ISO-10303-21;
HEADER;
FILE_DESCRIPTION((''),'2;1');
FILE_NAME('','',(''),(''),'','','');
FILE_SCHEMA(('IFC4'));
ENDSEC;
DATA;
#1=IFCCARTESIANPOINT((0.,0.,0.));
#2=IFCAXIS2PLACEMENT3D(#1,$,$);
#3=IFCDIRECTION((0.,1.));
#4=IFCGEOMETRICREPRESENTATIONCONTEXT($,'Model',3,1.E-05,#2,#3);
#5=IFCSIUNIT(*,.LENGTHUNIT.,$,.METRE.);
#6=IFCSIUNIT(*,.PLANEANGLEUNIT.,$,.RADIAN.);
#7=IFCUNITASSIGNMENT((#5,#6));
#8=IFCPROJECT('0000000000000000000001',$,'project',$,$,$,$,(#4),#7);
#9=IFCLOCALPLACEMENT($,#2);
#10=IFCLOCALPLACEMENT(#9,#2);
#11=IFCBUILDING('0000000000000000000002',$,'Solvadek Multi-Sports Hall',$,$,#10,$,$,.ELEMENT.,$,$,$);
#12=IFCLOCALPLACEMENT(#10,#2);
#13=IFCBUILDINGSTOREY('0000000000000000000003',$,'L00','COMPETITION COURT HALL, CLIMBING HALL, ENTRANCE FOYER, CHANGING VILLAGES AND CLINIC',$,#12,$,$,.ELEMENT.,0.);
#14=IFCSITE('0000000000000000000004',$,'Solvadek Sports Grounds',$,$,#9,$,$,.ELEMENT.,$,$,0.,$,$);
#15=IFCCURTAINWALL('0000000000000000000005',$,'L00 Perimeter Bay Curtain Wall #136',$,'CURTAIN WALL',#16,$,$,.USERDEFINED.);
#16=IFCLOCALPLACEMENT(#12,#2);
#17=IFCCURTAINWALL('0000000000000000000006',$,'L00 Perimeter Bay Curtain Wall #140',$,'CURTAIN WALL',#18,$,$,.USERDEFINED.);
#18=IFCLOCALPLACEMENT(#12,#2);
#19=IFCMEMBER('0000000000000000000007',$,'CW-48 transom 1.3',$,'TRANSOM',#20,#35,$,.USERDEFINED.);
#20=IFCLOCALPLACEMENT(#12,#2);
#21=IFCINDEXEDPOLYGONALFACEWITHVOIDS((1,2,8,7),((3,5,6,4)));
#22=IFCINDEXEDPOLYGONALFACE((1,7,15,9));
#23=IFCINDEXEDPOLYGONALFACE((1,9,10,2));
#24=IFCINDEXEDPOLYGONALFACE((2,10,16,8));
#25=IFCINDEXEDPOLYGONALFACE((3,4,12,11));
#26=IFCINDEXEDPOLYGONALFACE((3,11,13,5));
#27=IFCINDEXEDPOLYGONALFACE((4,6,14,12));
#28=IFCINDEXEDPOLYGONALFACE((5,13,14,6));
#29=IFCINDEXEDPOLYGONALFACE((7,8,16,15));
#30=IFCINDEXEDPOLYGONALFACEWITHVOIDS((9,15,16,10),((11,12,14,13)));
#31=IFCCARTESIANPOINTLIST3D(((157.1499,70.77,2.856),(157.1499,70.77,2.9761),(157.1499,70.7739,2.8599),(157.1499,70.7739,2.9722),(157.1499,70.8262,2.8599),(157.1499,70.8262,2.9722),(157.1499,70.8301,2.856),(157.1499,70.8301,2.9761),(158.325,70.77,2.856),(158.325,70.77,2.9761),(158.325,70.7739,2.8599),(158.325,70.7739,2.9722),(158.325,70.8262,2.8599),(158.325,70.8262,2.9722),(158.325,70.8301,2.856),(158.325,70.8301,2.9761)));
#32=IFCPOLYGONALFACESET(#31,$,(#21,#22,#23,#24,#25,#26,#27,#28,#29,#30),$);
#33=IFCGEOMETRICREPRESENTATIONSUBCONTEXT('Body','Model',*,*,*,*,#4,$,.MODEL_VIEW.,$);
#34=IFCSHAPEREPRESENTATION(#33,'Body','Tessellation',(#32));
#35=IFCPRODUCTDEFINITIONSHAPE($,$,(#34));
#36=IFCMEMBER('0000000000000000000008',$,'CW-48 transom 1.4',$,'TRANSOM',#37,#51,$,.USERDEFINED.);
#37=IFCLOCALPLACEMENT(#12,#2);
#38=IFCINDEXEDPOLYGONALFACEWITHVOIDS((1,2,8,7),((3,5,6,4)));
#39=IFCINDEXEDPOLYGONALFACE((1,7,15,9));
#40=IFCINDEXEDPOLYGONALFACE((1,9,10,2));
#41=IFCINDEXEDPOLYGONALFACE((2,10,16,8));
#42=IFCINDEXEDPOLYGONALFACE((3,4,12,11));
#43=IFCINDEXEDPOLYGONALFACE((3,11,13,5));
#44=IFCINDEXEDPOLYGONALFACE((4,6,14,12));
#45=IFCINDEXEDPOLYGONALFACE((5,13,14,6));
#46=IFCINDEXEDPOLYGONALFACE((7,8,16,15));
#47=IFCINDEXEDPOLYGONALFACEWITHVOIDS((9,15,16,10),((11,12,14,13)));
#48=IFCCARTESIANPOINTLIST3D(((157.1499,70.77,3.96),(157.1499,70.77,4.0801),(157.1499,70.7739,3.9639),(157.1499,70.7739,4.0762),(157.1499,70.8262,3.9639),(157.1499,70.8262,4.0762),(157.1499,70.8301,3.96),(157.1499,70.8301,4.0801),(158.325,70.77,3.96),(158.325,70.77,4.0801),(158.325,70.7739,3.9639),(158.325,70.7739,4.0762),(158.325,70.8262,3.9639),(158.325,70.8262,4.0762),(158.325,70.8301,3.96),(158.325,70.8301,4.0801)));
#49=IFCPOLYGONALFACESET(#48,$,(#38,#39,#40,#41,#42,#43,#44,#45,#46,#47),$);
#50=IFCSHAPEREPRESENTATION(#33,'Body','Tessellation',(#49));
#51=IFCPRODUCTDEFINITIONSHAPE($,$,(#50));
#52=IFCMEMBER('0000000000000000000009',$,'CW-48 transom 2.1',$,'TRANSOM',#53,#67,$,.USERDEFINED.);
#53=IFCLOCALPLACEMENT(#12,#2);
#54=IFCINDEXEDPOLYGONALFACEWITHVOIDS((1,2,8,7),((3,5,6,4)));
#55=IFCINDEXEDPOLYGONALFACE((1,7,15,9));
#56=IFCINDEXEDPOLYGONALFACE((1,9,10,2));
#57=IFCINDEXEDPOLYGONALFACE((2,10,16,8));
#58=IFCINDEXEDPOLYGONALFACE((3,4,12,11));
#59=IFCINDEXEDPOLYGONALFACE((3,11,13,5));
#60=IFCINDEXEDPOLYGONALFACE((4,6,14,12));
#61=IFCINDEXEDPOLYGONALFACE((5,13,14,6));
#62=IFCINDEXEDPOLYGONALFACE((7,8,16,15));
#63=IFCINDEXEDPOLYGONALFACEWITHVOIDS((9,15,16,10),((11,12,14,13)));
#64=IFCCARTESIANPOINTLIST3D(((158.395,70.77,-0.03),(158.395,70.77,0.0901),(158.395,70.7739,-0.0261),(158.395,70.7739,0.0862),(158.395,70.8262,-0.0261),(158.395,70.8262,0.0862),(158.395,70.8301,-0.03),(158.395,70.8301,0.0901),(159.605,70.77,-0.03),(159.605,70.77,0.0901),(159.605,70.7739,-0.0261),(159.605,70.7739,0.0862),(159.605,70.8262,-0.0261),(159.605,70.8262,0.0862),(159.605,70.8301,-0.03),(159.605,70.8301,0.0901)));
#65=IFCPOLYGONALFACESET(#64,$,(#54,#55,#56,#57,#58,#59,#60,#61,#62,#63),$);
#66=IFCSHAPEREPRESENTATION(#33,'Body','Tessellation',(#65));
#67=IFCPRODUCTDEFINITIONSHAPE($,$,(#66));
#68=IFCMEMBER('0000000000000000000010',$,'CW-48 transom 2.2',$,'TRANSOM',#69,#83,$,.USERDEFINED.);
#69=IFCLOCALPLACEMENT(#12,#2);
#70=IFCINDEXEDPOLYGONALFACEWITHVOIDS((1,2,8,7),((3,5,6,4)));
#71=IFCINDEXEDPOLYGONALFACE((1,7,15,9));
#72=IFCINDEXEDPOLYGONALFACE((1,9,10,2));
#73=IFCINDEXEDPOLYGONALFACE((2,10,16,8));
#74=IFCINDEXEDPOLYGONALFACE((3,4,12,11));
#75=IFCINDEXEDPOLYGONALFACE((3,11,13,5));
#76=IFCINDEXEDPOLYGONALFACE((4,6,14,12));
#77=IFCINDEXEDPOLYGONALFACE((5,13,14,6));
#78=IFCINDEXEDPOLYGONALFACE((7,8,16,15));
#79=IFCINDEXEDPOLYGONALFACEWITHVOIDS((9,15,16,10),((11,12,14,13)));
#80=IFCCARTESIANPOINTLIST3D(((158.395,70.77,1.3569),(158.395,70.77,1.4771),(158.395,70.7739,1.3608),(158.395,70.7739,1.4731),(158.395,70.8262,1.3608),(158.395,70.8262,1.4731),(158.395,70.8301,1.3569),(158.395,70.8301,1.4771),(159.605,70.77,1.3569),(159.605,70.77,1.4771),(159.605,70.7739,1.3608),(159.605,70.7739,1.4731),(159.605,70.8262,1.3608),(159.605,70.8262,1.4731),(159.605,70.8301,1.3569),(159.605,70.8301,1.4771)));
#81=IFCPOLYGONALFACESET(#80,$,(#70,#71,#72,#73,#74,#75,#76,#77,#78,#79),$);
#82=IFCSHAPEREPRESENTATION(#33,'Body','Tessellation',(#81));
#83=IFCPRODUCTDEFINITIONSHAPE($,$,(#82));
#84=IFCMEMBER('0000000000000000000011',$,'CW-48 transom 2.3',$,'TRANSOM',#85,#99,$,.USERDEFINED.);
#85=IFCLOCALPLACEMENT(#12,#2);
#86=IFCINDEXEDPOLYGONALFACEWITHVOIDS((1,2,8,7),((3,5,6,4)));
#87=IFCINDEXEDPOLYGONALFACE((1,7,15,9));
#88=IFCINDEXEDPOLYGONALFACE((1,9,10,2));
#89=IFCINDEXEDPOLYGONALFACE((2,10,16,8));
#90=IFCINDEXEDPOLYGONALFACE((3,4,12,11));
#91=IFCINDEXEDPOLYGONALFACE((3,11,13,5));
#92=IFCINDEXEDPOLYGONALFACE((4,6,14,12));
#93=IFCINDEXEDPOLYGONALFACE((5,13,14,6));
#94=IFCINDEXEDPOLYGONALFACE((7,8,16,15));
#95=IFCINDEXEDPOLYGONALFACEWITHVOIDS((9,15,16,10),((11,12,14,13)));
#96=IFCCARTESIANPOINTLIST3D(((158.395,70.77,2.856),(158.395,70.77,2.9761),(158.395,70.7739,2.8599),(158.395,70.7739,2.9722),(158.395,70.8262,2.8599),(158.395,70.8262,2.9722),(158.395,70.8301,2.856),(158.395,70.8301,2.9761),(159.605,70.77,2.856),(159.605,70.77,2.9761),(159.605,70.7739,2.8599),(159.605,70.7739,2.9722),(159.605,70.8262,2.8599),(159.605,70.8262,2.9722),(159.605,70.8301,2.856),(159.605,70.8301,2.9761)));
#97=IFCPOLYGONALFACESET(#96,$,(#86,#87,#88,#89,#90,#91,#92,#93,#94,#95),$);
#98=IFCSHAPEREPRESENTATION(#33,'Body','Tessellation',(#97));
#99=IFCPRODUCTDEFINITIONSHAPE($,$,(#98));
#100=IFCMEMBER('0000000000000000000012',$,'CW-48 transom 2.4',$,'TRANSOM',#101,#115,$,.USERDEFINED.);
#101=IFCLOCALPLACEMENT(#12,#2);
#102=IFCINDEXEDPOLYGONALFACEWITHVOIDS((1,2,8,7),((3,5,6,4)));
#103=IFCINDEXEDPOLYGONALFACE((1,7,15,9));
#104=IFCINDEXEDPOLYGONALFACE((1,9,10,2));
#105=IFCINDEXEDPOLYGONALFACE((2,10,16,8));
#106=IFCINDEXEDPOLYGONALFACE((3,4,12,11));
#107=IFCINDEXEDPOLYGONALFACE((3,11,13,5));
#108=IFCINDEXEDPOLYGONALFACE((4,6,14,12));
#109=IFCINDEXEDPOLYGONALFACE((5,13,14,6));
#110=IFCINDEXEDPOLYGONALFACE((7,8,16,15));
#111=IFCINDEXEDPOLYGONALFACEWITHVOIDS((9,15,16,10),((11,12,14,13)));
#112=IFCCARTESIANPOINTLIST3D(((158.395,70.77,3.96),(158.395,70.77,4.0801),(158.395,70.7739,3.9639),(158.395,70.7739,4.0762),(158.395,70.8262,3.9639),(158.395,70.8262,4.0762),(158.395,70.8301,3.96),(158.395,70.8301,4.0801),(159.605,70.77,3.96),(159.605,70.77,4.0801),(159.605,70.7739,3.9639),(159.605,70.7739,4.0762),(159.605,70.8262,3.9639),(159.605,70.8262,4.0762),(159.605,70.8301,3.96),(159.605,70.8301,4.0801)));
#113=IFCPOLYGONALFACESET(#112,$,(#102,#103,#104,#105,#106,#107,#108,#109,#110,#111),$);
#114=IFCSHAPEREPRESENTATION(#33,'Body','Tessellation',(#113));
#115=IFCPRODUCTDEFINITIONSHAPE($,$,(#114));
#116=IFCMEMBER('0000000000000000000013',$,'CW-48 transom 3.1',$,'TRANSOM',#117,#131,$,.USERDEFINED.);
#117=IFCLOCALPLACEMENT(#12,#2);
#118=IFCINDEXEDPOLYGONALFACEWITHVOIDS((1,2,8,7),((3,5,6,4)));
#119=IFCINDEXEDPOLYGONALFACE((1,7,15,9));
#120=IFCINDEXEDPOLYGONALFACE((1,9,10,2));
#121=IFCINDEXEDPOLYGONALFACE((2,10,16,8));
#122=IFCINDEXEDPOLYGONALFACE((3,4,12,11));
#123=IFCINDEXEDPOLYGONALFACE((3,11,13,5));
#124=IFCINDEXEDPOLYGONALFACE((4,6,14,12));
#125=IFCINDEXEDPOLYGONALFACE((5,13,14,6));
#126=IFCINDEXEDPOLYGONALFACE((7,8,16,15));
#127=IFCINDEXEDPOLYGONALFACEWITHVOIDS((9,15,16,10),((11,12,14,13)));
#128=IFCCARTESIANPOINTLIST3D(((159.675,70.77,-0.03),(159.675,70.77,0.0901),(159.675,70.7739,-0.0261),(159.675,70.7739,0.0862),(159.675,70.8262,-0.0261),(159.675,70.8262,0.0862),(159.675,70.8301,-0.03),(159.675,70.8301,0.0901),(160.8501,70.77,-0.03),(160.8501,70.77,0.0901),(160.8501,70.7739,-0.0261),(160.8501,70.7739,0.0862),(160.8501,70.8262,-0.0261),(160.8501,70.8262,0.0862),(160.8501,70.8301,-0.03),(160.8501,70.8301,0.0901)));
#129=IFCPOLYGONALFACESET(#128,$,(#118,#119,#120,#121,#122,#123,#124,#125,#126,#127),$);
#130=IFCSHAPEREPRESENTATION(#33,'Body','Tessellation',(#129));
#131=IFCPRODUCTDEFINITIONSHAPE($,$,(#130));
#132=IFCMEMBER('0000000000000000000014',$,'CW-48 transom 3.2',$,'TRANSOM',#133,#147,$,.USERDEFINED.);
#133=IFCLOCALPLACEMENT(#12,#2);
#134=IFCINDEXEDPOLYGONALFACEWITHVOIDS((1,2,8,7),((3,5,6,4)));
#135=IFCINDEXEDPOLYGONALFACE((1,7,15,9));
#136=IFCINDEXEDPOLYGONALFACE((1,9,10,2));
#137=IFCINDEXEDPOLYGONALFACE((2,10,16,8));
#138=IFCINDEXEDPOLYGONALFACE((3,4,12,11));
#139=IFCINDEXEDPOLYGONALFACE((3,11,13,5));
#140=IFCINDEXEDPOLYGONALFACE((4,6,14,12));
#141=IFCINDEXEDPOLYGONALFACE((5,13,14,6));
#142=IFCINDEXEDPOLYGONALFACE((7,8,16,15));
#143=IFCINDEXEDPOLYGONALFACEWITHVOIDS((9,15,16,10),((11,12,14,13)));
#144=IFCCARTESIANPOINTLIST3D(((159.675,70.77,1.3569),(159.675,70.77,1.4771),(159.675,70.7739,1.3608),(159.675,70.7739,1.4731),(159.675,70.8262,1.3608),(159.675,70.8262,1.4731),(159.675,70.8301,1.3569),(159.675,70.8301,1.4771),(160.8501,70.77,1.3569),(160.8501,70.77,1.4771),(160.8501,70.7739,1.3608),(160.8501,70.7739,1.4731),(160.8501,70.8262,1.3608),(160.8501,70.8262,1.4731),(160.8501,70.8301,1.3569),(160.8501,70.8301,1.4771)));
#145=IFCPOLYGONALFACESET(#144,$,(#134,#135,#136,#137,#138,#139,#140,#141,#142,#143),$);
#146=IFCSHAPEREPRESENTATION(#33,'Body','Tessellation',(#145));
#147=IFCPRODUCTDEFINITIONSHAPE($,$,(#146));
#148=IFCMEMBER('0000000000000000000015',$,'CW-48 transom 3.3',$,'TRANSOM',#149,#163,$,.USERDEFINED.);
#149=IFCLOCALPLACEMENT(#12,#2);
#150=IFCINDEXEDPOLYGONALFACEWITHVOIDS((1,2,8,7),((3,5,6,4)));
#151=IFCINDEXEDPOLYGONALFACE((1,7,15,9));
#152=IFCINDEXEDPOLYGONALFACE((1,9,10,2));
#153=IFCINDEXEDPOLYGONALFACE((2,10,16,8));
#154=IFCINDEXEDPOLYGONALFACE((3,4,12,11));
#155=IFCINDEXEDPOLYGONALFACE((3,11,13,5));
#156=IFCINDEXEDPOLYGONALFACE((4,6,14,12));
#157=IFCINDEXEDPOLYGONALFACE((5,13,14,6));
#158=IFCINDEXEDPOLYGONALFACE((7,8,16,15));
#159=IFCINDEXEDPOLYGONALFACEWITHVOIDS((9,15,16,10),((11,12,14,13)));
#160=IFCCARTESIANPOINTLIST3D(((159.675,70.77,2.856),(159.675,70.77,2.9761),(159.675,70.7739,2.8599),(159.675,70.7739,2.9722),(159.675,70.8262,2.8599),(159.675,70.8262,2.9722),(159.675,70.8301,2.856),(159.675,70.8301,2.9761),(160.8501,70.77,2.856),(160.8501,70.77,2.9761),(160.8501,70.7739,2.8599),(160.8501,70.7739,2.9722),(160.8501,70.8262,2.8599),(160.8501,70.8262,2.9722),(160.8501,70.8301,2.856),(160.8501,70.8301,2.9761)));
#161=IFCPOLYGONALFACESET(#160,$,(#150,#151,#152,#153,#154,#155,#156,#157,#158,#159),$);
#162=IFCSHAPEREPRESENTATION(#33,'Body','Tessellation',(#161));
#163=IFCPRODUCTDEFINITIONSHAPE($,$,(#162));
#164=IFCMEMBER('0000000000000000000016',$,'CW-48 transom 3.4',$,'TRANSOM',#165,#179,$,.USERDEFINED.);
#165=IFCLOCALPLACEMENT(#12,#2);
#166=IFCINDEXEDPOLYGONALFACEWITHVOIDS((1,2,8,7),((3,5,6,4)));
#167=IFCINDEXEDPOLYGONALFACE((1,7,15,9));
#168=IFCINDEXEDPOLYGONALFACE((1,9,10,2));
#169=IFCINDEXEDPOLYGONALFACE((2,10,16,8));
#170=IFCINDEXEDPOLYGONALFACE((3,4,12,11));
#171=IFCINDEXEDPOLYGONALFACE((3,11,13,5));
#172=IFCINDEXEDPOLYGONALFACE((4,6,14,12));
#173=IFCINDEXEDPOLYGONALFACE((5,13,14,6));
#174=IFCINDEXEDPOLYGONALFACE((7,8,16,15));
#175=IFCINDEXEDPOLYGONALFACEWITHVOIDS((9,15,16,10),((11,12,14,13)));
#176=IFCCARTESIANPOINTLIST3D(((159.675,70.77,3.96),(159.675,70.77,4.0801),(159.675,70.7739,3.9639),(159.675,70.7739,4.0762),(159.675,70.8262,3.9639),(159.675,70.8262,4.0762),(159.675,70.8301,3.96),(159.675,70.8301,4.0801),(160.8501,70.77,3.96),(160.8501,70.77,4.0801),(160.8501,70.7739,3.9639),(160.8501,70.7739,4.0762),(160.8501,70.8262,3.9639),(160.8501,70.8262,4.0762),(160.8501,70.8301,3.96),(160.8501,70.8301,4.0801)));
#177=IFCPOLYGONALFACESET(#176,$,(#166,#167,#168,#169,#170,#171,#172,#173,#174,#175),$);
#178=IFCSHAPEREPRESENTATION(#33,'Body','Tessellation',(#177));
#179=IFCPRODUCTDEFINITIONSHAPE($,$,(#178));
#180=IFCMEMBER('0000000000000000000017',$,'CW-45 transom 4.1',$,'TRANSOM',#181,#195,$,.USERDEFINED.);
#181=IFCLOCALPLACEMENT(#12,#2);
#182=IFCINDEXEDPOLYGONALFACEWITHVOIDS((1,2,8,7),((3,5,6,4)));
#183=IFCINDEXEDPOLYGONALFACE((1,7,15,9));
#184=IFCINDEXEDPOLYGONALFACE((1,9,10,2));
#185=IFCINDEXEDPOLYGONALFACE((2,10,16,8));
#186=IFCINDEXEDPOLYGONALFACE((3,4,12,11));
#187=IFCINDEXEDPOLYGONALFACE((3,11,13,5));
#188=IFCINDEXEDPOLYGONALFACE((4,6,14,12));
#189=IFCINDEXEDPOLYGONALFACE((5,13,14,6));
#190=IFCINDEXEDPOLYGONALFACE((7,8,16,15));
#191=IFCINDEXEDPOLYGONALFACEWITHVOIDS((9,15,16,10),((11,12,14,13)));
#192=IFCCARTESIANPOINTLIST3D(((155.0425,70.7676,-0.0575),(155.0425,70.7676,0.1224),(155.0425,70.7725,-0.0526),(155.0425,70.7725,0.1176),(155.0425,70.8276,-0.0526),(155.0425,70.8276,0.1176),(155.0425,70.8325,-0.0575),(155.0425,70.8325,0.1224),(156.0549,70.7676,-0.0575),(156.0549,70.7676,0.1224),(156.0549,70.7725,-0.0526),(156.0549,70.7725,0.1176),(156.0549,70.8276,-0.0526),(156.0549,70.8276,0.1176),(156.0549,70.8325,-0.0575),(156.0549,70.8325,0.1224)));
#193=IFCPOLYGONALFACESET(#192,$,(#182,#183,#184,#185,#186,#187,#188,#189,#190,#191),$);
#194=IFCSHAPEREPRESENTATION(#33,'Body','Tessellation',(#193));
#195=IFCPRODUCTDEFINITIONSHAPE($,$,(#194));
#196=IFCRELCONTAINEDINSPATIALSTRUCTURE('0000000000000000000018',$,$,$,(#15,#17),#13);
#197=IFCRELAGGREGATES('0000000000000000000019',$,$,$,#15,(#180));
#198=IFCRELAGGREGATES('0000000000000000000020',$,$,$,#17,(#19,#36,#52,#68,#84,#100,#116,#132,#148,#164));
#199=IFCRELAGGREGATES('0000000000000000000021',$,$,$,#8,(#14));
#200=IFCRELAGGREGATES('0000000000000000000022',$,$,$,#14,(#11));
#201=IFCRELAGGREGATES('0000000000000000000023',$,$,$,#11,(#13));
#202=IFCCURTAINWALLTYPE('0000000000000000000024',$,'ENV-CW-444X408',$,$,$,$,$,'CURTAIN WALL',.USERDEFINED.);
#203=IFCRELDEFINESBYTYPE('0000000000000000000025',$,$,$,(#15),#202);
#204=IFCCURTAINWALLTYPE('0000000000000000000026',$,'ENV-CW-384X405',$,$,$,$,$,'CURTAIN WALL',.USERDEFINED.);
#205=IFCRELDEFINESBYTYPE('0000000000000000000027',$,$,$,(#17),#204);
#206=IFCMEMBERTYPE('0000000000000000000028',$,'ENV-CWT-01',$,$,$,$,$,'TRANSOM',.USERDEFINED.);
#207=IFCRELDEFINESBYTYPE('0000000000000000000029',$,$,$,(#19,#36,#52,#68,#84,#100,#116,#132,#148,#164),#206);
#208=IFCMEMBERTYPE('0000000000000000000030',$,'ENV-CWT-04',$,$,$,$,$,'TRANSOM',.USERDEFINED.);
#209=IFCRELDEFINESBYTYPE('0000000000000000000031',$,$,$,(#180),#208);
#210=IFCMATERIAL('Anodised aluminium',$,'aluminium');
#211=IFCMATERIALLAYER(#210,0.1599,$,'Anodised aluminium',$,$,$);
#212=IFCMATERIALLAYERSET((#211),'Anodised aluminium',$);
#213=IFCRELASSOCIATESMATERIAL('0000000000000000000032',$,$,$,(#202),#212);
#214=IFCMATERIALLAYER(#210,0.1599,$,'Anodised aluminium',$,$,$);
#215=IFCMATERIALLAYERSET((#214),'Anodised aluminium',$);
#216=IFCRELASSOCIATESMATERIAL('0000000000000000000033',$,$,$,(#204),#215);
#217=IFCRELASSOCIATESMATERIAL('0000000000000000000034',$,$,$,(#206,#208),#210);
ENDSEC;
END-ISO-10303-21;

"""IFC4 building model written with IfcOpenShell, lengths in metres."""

from ifc_helpers import new_model, si_unit, direction, frame, origin, origin_2d, place, context, subcontext, project, spatial, hollow_rectangle, extrude, material, layer, layer_set, material_profile, profile_set, type_object, element, aggregate, save


model = new_model("IFC4")

# Units and contexts
model_context = context("Model", 3, precision=1e-05, world=origin(), true_north=direction((0.0, 1.0)))
body_context = subcontext(model_context, "Body", "Model", "MODEL_VIEW")
ifc_project = project(units=[si_unit("LENGTHUNIT", "METRE"), si_unit("PLANEANGLEUNIT", "RADIAN")], contexts=[model_context])

# Site, building, storey
site_placement = place(None, origin())
site = spatial("IfcSite", under=ifc_project, at=site_placement, Name="Solvadek Sports Grounds", CompositionType="ELEMENT", RefElevation=0.0)
building_placement = place(site_placement, origin())
building = spatial("IfcBuilding", under=site, at=building_placement, Name="Solvadek Multi-Sports Hall", CompositionType="ELEMENT")
storey_placement = place(building_placement, origin())
storey = spatial("IfcBuildingStorey", under=building, at=storey_placement, Name="L00", Description="COMPETITION COURT HALL, CLIMBING HALL, ENTRANCE FOYER, CHANGING VILLAGES AND CLINIC", CompositionType="ELEMENT", Elevation=0.0)

# Curtain walls, members
ifc_material_1 = material(Name="Anodised aluminium", Category="aluminium")
ifc_layer_1 = layer(ifc_material_1, 0.1599, Name="Anodised aluminium")
ifc_layer_set_1 = layer_set([ifc_layer_1], Name="Anodised aluminium")
curtain_wall_type_1 = type_object("IfcCurtainWallType", Name="ENV-CW-444X408", ElementType="CURTAIN WALL", PredefinedType="USERDEFINED", material=ifc_layer_set_1)
curtain_wall_1_placement = place(storey_placement, origin())
curtain_wall_1 = element("IfcCurtainWall", 1, at=curtain_wall_1_placement, inside=storey, type_object=curtain_wall_type_1, Name="L00 Perimeter Bay Curtain Wall #136", ObjectType="CURTAIN WALL", PredefinedType="USERDEFINED")
ifc_layer_2 = layer(ifc_material_1, 0.1599, Name="Anodised aluminium")
ifc_layer_set_2 = layer_set([ifc_layer_2], Name="Anodised aluminium")
curtain_wall_type_2 = type_object("IfcCurtainWallType", Name="ENV-CW-384X405", ElementType="CURTAIN WALL", PredefinedType="USERDEFINED", material=ifc_layer_set_2)
curtain_wall_2_placement = place(storey_placement, origin())
curtain_wall_2 = element("IfcCurtainWall", 2, at=curtain_wall_2_placement, inside=storey, type_object=curtain_wall_type_2, Name="L00 Perimeter Bay Curtain Wall #140", ObjectType="CURTAIN WALL", PredefinedType="USERDEFINED")
ifc_material_profile_1 = material_profile(ifc_material_1, hollow_rectangle(XDim=0.0601, YDim=0.1201, WallThickness=0.0039, at=origin_2d()), Name="ALU-T 120x60x4")
ifc_profile_set_1 = profile_set([ifc_material_profile_1], Name="Anodised aluminium")
member_type_1 = type_object("IfcMemberType", Name="ENV-CWT-01", ElementType="TRANSOM", PredefinedType="USERDEFINED", material=ifc_profile_set_1)
member_1_placement = place(storey_placement, frame((157.1499, 70.8, 2.916), z_axis=(1.0, 0.0, 0.0), x_axis=(0.0, 1.0, 0.0)))
member_1 = element("IfcMember", 3, at=member_1_placement, type_object=member_type_1, Name="CW-48 transom 1.3", ObjectType="TRANSOM", PredefinedType="USERDEFINED", context=body_context, shape_type="SweptSolid", body=[
    extrude(hollow_rectangle(XDim=0.0601, YDim=0.1201, WallThickness=0.0039, at=origin_2d()), origin(), (0.0, 0.0, 1.0), 1.175),
])
member_2_placement = place(storey_placement, frame((157.1499, 70.8, 4.02), z_axis=(1.0, 0.0, 0.0), x_axis=(0.0, 1.0, 0.0)))
member_2 = element("IfcMember", 4, at=member_2_placement, type_object=member_type_1, Name="CW-48 transom 1.4", ObjectType="TRANSOM", PredefinedType="USERDEFINED", context=body_context, shape_type="SweptSolid", body=[
    extrude(hollow_rectangle(XDim=0.0601, YDim=0.1201, WallThickness=0.0039, at=origin_2d()), origin(), (0.0, 0.0, 1.0), 1.175),
])
member_3_placement = place(storey_placement, frame((158.395, 70.8, 0.03), z_axis=(1.0, 0.0, 0.0), x_axis=(0.0, 1.0, 0.0)))
member_3 = element("IfcMember", 5, at=member_3_placement, type_object=member_type_1, Name="CW-48 transom 2.1", ObjectType="TRANSOM", PredefinedType="USERDEFINED", context=body_context, shape_type="SweptSolid", body=[
    extrude(hollow_rectangle(XDim=0.0601, YDim=0.1201, WallThickness=0.0039, at=origin_2d()), origin(), (0.0, 0.0, 1.0), 1.21),
])
member_4_placement = place(storey_placement, frame((158.395, 70.8, 1.417), z_axis=(1.0, 0.0, 0.0), x_axis=(0.0, 1.0, 0.0)))
member_4 = element("IfcMember", 6, at=member_4_placement, type_object=member_type_1, Name="CW-48 transom 2.2", ObjectType="TRANSOM", PredefinedType="USERDEFINED", context=body_context, shape_type="SweptSolid", body=[
    extrude(hollow_rectangle(XDim=0.0601, YDim=0.1201, WallThickness=0.0039, at=origin_2d()), origin(), (0.0, 0.0, 1.0), 1.21),
])
member_5_placement = place(storey_placement, frame((158.395, 70.8, 2.916), z_axis=(1.0, 0.0, 0.0), x_axis=(0.0, 1.0, 0.0)))
member_5 = element("IfcMember", 7, at=member_5_placement, type_object=member_type_1, Name="CW-48 transom 2.3", ObjectType="TRANSOM", PredefinedType="USERDEFINED", context=body_context, shape_type="SweptSolid", body=[
    extrude(hollow_rectangle(XDim=0.0601, YDim=0.1201, WallThickness=0.0039, at=origin_2d()), origin(), (0.0, 0.0, 1.0), 1.21),
])
member_6_placement = place(storey_placement, frame((158.395, 70.8, 4.02), z_axis=(1.0, 0.0, 0.0), x_axis=(0.0, 1.0, 0.0)))
member_6 = element("IfcMember", 8, at=member_6_placement, type_object=member_type_1, Name="CW-48 transom 2.4", ObjectType="TRANSOM", PredefinedType="USERDEFINED", context=body_context, shape_type="SweptSolid", body=[
    extrude(hollow_rectangle(XDim=0.0601, YDim=0.1201, WallThickness=0.0039, at=origin_2d()), origin(), (0.0, 0.0, 1.0), 1.21),
])
member_7_placement = place(storey_placement, frame((159.675, 70.8, 0.03), z_axis=(1.0, 0.0, 0.0), x_axis=(0.0, 1.0, 0.0)))
member_7 = element("IfcMember", 9, at=member_7_placement, type_object=member_type_1, Name="CW-48 transom 3.1", ObjectType="TRANSOM", PredefinedType="USERDEFINED", context=body_context, shape_type="SweptSolid", body=[
    extrude(hollow_rectangle(XDim=0.0601, YDim=0.1201, WallThickness=0.0039, at=origin_2d()), origin(), (0.0, 0.0, 1.0), 1.175),
])
member_8_placement = place(storey_placement, frame((159.675, 70.8, 1.417), z_axis=(1.0, 0.0, 0.0), x_axis=(0.0, 1.0, 0.0)))
member_8 = element("IfcMember", 10, at=member_8_placement, type_object=member_type_1, Name="CW-48 transom 3.2", ObjectType="TRANSOM", PredefinedType="USERDEFINED", context=body_context, shape_type="SweptSolid", body=[
    extrude(hollow_rectangle(XDim=0.0601, YDim=0.1201, WallThickness=0.0039, at=origin_2d()), origin(), (0.0, 0.0, 1.0), 1.175),
])
member_9_placement = place(storey_placement, frame((159.675, 70.8, 2.916), z_axis=(1.0, 0.0, 0.0), x_axis=(0.0, 1.0, 0.0)))
member_9 = element("IfcMember", 11, at=member_9_placement, type_object=member_type_1, Name="CW-48 transom 3.3", ObjectType="TRANSOM", PredefinedType="USERDEFINED", context=body_context, shape_type="SweptSolid", body=[
    extrude(hollow_rectangle(XDim=0.0601, YDim=0.1201, WallThickness=0.0039, at=origin_2d()), origin(), (0.0, 0.0, 1.0), 1.175),
])
member_10_placement = place(storey_placement, frame((159.675, 70.8, 4.02), z_axis=(1.0, 0.0, 0.0), x_axis=(0.0, 1.0, 0.0)))
member_10 = element("IfcMember", 12, at=member_10_placement, type_object=member_type_1, Name="CW-48 transom 3.4", ObjectType="TRANSOM", PredefinedType="USERDEFINED", context=body_context, shape_type="SweptSolid", body=[
    extrude(hollow_rectangle(XDim=0.0601, YDim=0.1201, WallThickness=0.0039, at=origin_2d()), origin(), (0.0, 0.0, 1.0), 1.175),
])

# Member
ifc_material_profile_2 = material_profile(ifc_material_1, hollow_rectangle(XDim=0.0649, YDim=0.1799, WallThickness=0.0049, at=origin_2d()), Name="ALU-T 180x65x5")
ifc_profile_set_2 = profile_set([ifc_material_profile_2], Name="Anodised aluminium")
member_type_2 = type_object("IfcMemberType", Name="ENV-CWT-04", ElementType="TRANSOM", PredefinedType="USERDEFINED", material=ifc_profile_set_2)
member_11_placement = place(storey_placement, frame((155.0425, 70.8, 0.0325), z_axis=(1.0, 0.0, 0.0), x_axis=(0.0, 1.0, 0.0)))
member_11 = element("IfcMember", 13, at=member_11_placement, type_object=member_type_2, Name="CW-45 transom 4.1", ObjectType="TRANSOM", PredefinedType="USERDEFINED", context=body_context, shape_type="SweptSolid", body=[
    extrude(hollow_rectangle(XDim=0.0649, YDim=0.1799, WallThickness=0.0049, at=origin_2d()), origin(), (0.0, 0.0, 1.0), 1.0125),
])

aggregate(curtain_wall_1, [member_11])
aggregate(curtain_wall_2, [member_1, member_2, member_3, member_4, member_5, member_6, member_7, member_8, member_9, member_10])

save(model, "model.ifc")
